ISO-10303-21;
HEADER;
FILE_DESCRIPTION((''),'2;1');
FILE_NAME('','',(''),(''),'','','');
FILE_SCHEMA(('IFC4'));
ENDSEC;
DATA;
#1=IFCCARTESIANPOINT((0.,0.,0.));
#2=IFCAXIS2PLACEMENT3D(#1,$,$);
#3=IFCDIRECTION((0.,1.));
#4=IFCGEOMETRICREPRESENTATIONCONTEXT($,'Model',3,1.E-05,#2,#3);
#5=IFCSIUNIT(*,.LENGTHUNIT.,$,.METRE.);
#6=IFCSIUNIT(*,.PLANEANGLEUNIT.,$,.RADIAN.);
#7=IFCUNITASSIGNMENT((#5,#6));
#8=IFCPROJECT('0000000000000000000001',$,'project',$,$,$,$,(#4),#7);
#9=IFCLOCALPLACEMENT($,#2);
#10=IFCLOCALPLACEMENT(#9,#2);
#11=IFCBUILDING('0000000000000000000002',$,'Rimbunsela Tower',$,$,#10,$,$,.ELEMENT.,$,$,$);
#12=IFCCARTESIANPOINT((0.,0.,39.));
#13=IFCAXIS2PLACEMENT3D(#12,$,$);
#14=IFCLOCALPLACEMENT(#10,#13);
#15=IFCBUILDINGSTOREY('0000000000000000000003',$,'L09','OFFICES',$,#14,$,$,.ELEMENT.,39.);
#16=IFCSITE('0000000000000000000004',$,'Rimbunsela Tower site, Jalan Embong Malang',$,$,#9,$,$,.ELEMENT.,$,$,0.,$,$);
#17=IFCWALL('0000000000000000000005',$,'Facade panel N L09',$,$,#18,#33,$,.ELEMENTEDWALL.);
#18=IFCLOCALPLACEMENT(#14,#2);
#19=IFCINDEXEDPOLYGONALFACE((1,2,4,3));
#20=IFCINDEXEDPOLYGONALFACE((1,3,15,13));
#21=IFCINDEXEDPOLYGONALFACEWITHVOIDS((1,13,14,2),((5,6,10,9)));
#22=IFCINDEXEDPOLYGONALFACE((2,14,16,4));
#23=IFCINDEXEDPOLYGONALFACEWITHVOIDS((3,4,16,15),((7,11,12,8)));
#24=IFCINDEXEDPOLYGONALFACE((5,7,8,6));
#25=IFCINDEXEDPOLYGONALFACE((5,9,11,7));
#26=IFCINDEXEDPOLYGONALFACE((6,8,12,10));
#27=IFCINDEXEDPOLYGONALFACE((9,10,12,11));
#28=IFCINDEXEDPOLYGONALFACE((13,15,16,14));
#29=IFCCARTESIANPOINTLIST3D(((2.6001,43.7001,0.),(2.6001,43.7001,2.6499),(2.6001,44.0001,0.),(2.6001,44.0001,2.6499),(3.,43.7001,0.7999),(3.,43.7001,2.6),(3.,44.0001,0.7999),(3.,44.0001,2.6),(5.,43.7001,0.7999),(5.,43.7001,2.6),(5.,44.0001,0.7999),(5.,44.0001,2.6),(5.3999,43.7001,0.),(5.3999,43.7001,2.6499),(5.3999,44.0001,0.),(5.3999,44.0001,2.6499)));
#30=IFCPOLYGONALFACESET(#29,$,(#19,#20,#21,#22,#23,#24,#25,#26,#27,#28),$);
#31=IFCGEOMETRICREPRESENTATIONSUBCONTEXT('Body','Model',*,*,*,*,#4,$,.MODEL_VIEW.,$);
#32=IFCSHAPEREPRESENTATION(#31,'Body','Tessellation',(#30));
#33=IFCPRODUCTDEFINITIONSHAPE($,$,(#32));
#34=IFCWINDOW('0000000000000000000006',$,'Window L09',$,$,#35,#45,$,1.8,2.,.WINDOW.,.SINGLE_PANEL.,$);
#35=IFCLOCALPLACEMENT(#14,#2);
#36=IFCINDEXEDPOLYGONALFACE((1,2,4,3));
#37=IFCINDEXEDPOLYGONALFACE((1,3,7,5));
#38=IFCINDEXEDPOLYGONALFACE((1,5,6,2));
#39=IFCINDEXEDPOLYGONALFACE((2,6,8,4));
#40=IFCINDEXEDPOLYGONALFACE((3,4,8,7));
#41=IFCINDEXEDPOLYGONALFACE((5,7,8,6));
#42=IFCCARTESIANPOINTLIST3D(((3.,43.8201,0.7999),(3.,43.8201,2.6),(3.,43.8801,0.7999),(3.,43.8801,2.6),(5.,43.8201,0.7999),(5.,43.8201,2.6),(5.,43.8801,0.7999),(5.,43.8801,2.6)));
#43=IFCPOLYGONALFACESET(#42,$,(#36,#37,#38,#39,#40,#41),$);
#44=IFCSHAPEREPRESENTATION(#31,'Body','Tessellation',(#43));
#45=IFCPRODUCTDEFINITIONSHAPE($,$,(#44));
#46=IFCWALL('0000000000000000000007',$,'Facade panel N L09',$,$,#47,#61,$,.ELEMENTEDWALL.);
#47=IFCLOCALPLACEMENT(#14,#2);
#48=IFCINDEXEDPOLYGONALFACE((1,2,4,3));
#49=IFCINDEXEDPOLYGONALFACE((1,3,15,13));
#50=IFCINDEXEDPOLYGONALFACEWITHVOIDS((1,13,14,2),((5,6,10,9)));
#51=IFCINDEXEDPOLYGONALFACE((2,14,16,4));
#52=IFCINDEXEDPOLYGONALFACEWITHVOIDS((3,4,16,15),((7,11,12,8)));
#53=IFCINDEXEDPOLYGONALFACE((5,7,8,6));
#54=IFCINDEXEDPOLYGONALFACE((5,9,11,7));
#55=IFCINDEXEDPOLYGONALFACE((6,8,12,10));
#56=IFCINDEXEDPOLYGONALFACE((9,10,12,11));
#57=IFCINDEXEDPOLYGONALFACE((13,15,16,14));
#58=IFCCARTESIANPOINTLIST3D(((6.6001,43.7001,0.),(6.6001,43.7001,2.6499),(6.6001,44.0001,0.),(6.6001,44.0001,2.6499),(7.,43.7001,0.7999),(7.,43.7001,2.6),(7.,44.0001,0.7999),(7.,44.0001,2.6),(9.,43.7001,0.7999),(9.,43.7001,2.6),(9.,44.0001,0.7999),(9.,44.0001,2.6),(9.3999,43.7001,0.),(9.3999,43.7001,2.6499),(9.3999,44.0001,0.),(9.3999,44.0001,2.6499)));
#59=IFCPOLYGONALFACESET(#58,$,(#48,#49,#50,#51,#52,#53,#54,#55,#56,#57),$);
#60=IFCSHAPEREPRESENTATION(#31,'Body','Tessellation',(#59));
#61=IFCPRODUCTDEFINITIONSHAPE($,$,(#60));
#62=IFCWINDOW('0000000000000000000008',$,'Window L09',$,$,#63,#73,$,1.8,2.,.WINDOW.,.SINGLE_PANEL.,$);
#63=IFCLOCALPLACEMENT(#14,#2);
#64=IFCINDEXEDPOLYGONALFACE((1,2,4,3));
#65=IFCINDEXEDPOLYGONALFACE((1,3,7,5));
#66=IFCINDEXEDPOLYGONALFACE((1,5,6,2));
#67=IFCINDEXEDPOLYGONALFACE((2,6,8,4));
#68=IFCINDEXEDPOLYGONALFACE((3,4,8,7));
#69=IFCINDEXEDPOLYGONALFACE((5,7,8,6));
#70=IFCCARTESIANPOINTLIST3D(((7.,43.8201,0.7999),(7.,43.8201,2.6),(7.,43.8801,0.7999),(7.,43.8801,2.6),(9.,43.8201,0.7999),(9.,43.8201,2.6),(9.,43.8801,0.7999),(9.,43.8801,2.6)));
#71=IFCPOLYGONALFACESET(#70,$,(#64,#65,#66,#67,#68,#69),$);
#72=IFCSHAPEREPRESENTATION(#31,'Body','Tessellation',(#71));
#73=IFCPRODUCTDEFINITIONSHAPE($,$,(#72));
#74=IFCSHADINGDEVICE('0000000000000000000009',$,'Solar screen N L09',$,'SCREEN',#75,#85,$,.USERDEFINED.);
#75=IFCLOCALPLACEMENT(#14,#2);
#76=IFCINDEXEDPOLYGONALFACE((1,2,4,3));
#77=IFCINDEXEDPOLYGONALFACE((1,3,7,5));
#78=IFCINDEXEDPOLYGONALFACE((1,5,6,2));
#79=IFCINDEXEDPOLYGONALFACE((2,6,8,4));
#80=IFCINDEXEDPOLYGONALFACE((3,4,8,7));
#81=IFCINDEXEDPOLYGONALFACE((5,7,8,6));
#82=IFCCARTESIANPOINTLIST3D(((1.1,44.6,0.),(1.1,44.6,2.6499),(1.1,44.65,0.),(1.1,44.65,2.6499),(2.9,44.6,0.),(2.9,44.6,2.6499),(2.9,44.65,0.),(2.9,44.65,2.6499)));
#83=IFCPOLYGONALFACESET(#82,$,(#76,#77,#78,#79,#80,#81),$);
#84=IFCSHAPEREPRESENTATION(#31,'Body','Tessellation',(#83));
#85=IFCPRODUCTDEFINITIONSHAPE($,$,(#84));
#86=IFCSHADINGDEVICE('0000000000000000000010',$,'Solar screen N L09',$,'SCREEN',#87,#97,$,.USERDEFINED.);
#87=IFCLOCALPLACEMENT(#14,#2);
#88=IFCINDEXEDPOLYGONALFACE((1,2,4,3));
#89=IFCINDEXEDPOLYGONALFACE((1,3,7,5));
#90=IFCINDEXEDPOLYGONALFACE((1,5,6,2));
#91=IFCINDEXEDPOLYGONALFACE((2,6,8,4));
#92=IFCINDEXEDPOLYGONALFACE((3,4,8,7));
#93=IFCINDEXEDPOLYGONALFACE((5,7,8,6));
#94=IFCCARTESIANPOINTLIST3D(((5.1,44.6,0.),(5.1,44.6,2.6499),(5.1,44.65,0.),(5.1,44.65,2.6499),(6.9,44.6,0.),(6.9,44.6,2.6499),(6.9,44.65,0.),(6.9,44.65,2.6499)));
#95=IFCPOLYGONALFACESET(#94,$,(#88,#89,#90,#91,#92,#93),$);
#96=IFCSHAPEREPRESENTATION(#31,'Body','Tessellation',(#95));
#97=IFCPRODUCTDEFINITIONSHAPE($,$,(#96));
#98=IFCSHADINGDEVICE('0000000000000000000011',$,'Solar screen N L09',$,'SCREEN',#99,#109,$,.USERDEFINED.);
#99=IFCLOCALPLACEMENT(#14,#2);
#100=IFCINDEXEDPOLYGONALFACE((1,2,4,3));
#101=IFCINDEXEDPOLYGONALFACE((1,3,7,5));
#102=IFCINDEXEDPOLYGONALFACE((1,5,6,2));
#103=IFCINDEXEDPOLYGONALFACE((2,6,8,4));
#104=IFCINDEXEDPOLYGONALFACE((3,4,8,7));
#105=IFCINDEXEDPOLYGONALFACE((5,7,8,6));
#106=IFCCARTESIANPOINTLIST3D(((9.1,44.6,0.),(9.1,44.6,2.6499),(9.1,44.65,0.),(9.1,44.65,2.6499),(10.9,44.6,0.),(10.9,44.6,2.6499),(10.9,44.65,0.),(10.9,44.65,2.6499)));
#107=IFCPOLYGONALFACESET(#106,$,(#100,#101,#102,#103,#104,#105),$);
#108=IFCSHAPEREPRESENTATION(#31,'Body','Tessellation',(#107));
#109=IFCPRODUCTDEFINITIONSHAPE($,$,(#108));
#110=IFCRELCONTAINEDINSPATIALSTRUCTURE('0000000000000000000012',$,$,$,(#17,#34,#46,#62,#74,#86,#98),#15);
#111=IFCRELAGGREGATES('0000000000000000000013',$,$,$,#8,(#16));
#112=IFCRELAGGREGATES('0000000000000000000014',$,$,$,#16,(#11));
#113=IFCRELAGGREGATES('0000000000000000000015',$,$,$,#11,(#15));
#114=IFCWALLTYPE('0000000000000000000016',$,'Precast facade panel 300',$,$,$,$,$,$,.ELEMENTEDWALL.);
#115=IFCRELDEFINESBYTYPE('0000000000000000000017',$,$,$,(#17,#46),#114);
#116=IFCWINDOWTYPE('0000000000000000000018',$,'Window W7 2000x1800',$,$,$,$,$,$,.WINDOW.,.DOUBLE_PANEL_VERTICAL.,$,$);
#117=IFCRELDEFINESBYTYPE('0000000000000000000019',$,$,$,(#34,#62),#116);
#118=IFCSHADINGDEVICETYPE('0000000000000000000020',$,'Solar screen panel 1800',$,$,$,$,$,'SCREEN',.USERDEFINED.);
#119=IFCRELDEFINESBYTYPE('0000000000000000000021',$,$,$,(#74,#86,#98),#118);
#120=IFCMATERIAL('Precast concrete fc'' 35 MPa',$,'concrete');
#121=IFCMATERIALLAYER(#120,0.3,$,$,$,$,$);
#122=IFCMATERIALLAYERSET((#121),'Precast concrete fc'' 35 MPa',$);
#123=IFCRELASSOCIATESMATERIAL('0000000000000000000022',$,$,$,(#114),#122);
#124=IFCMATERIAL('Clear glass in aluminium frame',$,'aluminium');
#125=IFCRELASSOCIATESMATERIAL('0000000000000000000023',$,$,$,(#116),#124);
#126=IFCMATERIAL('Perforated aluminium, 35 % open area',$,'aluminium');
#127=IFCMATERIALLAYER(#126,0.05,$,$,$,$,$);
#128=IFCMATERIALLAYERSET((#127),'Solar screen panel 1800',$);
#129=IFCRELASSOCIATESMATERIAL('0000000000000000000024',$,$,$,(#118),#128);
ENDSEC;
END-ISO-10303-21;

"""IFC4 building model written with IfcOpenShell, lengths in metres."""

from ifc_helpers import new_model, si_unit, direction, frame, frame_2d, origin, origin_2d, place, context, subcontext, project, spatial, rectangle, extrude, material, layer, layer_set, type_object, element, fill, save


model = new_model("IFC4")

# Units and contexts
model_context = context("Model", 3, precision=1e-05, world=origin(), true_north=direction((0.0, 1.0)))
body_context = subcontext(model_context, "Body", "Model", "MODEL_VIEW")
ifc_project = project(units=[si_unit("LENGTHUNIT", "METRE"), si_unit("PLANEANGLEUNIT", "RADIAN")], contexts=[model_context])

# Site, building, storey
site_placement = place(None, origin())
site = spatial("IfcSite", under=ifc_project, at=site_placement, Name="Rimbunsela Tower site, Jalan Embong Malang", CompositionType="ELEMENT", RefElevation=0.0)
building_placement = place(site_placement, origin())
building = spatial("IfcBuilding", under=site, at=building_placement, Name="Rimbunsela Tower", CompositionType="ELEMENT")
storey_placement = place(building_placement, frame((0.0, 0.0, 39.0)))
storey = spatial("IfcBuildingStorey", under=building, at=storey_placement, Name="L09", Description="OFFICES", CompositionType="ELEMENT", Elevation=39.0)

# Walls, openings, windows
ifc_material_1 = material(Name="Precast concrete fc' 35 MPa", Category="concrete")
ifc_layer_1 = layer(ifc_material_1, 0.3)
ifc_layer_set_1 = layer_set([ifc_layer_1], Name="Precast concrete fc' 35 MPa")
wall_type_1 = type_object("IfcWallType", Name="Precast facade panel 300", PredefinedType="ELEMENTEDWALL", material=ifc_layer_set_1)
wall_1_placement = place(storey_placement, frame((5.3999, 43.8501, 0.0), z_axis=(0.0, 0.0, 1.0), x_axis=(-1.0, 0.0, 0.0)))
wall_1 = element("IfcWall", 1, at=wall_1_placement, inside=storey, type_object=wall_type_1, Name="Facade panel N L09", PredefinedType="ELEMENTEDWALL", context=body_context, shape_type="SweptSolid", body=[
    extrude(rectangle(XDim=2.7998, YDim=0.3, at=frame_2d((1.3999, 0.0))), origin(), (0.0, 0.0, 1.0), 2.6499),
])
opening_1_placement = place(wall_1_placement, frame((0.3999, 0.0, 0.8)))
opening_1 = element("IfcOpeningElement", 2, at=opening_1_placement, cuts=wall_1, PredefinedType="OPENING", context=body_context, shape_type="SweptSolid", body=[
    extrude(rectangle(XDim=2.0, YDim=1.8, at=frame_2d((1.0, 0.8999))), frame((0.0, 0.1599, 0.0), z_axis=(0.0, -1.0, 0.0), x_axis=(1.0, 0.0, 0.0)), (0.0, 0.0, 1.0), 0.3201),
])
ifc_material_2 = material(Name="Clear glass in aluminium frame", Category="aluminium")
window_type = type_object("IfcWindowType", Name="Window W7 2000x1800", PartitioningType="DOUBLE_PANEL_VERTICAL", PredefinedType="WINDOW", material=ifc_material_2)
window_1_placement = place(opening_1_placement, origin())
window_1 = element("IfcWindow", 3, at=window_1_placement, inside=storey, type_object=window_type, Name="Window L09", OverallHeight=1.8, OverallWidth=2.0, PartitioningType="SINGLE_PANEL", PredefinedType="WINDOW", context=body_context, shape_type="SweptSolid", body=[
    extrude(rectangle(XDim=2.0, YDim=1.8, at=frame_2d((1.0, 0.8999))), frame((0.0, 0.03, 0.0), z_axis=(0.0, -1.0, 0.0), x_axis=(1.0, 0.0, 0.0)), (0.0, 0.0, 1.0), 0.0601),
])
fill(opening_1, window_1)
wall_2_placement = place(storey_placement, frame((9.3999, 43.8501, 0.0), z_axis=(0.0, 0.0, 1.0), x_axis=(-1.0, 0.0, 0.0)))
wall_2 = element("IfcWall", 4, at=wall_2_placement, inside=storey, type_object=wall_type_1, Name="Facade panel N L09", PredefinedType="ELEMENTEDWALL", context=body_context, shape_type="SweptSolid", body=[
    extrude(rectangle(XDim=2.7998, YDim=0.3, at=frame_2d((1.3999, 0.0))), origin(), (0.0, 0.0, 1.0), 2.6499),
])
opening_2_placement = place(wall_2_placement, frame((0.3999, 0.0, 0.8)))
opening_2 = element("IfcOpeningElement", 5, at=opening_2_placement, cuts=wall_2, PredefinedType="OPENING", context=body_context, shape_type="SweptSolid", body=[
    extrude(rectangle(XDim=2.0, YDim=1.8, at=frame_2d((1.0, 0.8999))), frame((0.0, 0.1599, 0.0), z_axis=(0.0, -1.0, 0.0), x_axis=(1.0, 0.0, 0.0)), (0.0, 0.0, 1.0), 0.3201),
])
window_2_placement = place(opening_2_placement, origin())
window_2 = element("IfcWindow", 6, at=window_2_placement, inside=storey, type_object=window_type, Name="Window L09", OverallHeight=1.8, OverallWidth=2.0, PartitioningType="SINGLE_PANEL", PredefinedType="WINDOW", context=body_context, shape_type="SweptSolid", body=[
    extrude(rectangle(XDim=2.0, YDim=1.8, at=frame_2d((1.0, 0.8999))), frame((0.0, 0.03, 0.0), z_axis=(0.0, -1.0, 0.0), x_axis=(1.0, 0.0, 0.0)), (0.0, 0.0, 1.0), 0.0601),
])
fill(opening_2, window_2)

# Shading devices
ifc_material_3 = material(Name="Perforated aluminium, 35 % open area", Category="aluminium")
ifc_layer_2 = layer(ifc_material_3, 0.05)
ifc_layer_set_2 = layer_set([ifc_layer_2], Name="Solar screen panel 1800")
shading_device_type = type_object("IfcShadingDeviceType", Name="Solar screen panel 1800", ElementType="SCREEN", PredefinedType="USERDEFINED", material=ifc_layer_set_2)
for number, where, z_axis, x_axis, name in (
    (7, (2.0, 44.625, 0.0), (0.0, 0.0, 1.0), (1.0, 0.0, 0.0), "Solar screen N L09"),
    (8, (6.0, 44.625, 0.0), (0.0, 0.0, 1.0), (1.0, 0.0, 0.0), "Solar screen N L09"),
    (9, (10.0, 44.625, 0.0), (0.0, 0.0, 1.0), (1.0, 0.0, 0.0), "Solar screen N L09"),
):
    element("IfcShadingDevice", number, at=place(storey_placement, frame(where, z_axis=z_axis, x_axis=x_axis)), inside=storey, type_object=shading_device_type, Name=name, ObjectType="SCREEN", PredefinedType="USERDEFINED", context=body_context, shape_type="SweptSolid", body=[
        extrude(rectangle(XDim=1.8, YDim=0.05, at=origin_2d()), origin(), (0.0, 0.0, 1.0), 2.6499),
    ])

save(model, "model.ifc")
